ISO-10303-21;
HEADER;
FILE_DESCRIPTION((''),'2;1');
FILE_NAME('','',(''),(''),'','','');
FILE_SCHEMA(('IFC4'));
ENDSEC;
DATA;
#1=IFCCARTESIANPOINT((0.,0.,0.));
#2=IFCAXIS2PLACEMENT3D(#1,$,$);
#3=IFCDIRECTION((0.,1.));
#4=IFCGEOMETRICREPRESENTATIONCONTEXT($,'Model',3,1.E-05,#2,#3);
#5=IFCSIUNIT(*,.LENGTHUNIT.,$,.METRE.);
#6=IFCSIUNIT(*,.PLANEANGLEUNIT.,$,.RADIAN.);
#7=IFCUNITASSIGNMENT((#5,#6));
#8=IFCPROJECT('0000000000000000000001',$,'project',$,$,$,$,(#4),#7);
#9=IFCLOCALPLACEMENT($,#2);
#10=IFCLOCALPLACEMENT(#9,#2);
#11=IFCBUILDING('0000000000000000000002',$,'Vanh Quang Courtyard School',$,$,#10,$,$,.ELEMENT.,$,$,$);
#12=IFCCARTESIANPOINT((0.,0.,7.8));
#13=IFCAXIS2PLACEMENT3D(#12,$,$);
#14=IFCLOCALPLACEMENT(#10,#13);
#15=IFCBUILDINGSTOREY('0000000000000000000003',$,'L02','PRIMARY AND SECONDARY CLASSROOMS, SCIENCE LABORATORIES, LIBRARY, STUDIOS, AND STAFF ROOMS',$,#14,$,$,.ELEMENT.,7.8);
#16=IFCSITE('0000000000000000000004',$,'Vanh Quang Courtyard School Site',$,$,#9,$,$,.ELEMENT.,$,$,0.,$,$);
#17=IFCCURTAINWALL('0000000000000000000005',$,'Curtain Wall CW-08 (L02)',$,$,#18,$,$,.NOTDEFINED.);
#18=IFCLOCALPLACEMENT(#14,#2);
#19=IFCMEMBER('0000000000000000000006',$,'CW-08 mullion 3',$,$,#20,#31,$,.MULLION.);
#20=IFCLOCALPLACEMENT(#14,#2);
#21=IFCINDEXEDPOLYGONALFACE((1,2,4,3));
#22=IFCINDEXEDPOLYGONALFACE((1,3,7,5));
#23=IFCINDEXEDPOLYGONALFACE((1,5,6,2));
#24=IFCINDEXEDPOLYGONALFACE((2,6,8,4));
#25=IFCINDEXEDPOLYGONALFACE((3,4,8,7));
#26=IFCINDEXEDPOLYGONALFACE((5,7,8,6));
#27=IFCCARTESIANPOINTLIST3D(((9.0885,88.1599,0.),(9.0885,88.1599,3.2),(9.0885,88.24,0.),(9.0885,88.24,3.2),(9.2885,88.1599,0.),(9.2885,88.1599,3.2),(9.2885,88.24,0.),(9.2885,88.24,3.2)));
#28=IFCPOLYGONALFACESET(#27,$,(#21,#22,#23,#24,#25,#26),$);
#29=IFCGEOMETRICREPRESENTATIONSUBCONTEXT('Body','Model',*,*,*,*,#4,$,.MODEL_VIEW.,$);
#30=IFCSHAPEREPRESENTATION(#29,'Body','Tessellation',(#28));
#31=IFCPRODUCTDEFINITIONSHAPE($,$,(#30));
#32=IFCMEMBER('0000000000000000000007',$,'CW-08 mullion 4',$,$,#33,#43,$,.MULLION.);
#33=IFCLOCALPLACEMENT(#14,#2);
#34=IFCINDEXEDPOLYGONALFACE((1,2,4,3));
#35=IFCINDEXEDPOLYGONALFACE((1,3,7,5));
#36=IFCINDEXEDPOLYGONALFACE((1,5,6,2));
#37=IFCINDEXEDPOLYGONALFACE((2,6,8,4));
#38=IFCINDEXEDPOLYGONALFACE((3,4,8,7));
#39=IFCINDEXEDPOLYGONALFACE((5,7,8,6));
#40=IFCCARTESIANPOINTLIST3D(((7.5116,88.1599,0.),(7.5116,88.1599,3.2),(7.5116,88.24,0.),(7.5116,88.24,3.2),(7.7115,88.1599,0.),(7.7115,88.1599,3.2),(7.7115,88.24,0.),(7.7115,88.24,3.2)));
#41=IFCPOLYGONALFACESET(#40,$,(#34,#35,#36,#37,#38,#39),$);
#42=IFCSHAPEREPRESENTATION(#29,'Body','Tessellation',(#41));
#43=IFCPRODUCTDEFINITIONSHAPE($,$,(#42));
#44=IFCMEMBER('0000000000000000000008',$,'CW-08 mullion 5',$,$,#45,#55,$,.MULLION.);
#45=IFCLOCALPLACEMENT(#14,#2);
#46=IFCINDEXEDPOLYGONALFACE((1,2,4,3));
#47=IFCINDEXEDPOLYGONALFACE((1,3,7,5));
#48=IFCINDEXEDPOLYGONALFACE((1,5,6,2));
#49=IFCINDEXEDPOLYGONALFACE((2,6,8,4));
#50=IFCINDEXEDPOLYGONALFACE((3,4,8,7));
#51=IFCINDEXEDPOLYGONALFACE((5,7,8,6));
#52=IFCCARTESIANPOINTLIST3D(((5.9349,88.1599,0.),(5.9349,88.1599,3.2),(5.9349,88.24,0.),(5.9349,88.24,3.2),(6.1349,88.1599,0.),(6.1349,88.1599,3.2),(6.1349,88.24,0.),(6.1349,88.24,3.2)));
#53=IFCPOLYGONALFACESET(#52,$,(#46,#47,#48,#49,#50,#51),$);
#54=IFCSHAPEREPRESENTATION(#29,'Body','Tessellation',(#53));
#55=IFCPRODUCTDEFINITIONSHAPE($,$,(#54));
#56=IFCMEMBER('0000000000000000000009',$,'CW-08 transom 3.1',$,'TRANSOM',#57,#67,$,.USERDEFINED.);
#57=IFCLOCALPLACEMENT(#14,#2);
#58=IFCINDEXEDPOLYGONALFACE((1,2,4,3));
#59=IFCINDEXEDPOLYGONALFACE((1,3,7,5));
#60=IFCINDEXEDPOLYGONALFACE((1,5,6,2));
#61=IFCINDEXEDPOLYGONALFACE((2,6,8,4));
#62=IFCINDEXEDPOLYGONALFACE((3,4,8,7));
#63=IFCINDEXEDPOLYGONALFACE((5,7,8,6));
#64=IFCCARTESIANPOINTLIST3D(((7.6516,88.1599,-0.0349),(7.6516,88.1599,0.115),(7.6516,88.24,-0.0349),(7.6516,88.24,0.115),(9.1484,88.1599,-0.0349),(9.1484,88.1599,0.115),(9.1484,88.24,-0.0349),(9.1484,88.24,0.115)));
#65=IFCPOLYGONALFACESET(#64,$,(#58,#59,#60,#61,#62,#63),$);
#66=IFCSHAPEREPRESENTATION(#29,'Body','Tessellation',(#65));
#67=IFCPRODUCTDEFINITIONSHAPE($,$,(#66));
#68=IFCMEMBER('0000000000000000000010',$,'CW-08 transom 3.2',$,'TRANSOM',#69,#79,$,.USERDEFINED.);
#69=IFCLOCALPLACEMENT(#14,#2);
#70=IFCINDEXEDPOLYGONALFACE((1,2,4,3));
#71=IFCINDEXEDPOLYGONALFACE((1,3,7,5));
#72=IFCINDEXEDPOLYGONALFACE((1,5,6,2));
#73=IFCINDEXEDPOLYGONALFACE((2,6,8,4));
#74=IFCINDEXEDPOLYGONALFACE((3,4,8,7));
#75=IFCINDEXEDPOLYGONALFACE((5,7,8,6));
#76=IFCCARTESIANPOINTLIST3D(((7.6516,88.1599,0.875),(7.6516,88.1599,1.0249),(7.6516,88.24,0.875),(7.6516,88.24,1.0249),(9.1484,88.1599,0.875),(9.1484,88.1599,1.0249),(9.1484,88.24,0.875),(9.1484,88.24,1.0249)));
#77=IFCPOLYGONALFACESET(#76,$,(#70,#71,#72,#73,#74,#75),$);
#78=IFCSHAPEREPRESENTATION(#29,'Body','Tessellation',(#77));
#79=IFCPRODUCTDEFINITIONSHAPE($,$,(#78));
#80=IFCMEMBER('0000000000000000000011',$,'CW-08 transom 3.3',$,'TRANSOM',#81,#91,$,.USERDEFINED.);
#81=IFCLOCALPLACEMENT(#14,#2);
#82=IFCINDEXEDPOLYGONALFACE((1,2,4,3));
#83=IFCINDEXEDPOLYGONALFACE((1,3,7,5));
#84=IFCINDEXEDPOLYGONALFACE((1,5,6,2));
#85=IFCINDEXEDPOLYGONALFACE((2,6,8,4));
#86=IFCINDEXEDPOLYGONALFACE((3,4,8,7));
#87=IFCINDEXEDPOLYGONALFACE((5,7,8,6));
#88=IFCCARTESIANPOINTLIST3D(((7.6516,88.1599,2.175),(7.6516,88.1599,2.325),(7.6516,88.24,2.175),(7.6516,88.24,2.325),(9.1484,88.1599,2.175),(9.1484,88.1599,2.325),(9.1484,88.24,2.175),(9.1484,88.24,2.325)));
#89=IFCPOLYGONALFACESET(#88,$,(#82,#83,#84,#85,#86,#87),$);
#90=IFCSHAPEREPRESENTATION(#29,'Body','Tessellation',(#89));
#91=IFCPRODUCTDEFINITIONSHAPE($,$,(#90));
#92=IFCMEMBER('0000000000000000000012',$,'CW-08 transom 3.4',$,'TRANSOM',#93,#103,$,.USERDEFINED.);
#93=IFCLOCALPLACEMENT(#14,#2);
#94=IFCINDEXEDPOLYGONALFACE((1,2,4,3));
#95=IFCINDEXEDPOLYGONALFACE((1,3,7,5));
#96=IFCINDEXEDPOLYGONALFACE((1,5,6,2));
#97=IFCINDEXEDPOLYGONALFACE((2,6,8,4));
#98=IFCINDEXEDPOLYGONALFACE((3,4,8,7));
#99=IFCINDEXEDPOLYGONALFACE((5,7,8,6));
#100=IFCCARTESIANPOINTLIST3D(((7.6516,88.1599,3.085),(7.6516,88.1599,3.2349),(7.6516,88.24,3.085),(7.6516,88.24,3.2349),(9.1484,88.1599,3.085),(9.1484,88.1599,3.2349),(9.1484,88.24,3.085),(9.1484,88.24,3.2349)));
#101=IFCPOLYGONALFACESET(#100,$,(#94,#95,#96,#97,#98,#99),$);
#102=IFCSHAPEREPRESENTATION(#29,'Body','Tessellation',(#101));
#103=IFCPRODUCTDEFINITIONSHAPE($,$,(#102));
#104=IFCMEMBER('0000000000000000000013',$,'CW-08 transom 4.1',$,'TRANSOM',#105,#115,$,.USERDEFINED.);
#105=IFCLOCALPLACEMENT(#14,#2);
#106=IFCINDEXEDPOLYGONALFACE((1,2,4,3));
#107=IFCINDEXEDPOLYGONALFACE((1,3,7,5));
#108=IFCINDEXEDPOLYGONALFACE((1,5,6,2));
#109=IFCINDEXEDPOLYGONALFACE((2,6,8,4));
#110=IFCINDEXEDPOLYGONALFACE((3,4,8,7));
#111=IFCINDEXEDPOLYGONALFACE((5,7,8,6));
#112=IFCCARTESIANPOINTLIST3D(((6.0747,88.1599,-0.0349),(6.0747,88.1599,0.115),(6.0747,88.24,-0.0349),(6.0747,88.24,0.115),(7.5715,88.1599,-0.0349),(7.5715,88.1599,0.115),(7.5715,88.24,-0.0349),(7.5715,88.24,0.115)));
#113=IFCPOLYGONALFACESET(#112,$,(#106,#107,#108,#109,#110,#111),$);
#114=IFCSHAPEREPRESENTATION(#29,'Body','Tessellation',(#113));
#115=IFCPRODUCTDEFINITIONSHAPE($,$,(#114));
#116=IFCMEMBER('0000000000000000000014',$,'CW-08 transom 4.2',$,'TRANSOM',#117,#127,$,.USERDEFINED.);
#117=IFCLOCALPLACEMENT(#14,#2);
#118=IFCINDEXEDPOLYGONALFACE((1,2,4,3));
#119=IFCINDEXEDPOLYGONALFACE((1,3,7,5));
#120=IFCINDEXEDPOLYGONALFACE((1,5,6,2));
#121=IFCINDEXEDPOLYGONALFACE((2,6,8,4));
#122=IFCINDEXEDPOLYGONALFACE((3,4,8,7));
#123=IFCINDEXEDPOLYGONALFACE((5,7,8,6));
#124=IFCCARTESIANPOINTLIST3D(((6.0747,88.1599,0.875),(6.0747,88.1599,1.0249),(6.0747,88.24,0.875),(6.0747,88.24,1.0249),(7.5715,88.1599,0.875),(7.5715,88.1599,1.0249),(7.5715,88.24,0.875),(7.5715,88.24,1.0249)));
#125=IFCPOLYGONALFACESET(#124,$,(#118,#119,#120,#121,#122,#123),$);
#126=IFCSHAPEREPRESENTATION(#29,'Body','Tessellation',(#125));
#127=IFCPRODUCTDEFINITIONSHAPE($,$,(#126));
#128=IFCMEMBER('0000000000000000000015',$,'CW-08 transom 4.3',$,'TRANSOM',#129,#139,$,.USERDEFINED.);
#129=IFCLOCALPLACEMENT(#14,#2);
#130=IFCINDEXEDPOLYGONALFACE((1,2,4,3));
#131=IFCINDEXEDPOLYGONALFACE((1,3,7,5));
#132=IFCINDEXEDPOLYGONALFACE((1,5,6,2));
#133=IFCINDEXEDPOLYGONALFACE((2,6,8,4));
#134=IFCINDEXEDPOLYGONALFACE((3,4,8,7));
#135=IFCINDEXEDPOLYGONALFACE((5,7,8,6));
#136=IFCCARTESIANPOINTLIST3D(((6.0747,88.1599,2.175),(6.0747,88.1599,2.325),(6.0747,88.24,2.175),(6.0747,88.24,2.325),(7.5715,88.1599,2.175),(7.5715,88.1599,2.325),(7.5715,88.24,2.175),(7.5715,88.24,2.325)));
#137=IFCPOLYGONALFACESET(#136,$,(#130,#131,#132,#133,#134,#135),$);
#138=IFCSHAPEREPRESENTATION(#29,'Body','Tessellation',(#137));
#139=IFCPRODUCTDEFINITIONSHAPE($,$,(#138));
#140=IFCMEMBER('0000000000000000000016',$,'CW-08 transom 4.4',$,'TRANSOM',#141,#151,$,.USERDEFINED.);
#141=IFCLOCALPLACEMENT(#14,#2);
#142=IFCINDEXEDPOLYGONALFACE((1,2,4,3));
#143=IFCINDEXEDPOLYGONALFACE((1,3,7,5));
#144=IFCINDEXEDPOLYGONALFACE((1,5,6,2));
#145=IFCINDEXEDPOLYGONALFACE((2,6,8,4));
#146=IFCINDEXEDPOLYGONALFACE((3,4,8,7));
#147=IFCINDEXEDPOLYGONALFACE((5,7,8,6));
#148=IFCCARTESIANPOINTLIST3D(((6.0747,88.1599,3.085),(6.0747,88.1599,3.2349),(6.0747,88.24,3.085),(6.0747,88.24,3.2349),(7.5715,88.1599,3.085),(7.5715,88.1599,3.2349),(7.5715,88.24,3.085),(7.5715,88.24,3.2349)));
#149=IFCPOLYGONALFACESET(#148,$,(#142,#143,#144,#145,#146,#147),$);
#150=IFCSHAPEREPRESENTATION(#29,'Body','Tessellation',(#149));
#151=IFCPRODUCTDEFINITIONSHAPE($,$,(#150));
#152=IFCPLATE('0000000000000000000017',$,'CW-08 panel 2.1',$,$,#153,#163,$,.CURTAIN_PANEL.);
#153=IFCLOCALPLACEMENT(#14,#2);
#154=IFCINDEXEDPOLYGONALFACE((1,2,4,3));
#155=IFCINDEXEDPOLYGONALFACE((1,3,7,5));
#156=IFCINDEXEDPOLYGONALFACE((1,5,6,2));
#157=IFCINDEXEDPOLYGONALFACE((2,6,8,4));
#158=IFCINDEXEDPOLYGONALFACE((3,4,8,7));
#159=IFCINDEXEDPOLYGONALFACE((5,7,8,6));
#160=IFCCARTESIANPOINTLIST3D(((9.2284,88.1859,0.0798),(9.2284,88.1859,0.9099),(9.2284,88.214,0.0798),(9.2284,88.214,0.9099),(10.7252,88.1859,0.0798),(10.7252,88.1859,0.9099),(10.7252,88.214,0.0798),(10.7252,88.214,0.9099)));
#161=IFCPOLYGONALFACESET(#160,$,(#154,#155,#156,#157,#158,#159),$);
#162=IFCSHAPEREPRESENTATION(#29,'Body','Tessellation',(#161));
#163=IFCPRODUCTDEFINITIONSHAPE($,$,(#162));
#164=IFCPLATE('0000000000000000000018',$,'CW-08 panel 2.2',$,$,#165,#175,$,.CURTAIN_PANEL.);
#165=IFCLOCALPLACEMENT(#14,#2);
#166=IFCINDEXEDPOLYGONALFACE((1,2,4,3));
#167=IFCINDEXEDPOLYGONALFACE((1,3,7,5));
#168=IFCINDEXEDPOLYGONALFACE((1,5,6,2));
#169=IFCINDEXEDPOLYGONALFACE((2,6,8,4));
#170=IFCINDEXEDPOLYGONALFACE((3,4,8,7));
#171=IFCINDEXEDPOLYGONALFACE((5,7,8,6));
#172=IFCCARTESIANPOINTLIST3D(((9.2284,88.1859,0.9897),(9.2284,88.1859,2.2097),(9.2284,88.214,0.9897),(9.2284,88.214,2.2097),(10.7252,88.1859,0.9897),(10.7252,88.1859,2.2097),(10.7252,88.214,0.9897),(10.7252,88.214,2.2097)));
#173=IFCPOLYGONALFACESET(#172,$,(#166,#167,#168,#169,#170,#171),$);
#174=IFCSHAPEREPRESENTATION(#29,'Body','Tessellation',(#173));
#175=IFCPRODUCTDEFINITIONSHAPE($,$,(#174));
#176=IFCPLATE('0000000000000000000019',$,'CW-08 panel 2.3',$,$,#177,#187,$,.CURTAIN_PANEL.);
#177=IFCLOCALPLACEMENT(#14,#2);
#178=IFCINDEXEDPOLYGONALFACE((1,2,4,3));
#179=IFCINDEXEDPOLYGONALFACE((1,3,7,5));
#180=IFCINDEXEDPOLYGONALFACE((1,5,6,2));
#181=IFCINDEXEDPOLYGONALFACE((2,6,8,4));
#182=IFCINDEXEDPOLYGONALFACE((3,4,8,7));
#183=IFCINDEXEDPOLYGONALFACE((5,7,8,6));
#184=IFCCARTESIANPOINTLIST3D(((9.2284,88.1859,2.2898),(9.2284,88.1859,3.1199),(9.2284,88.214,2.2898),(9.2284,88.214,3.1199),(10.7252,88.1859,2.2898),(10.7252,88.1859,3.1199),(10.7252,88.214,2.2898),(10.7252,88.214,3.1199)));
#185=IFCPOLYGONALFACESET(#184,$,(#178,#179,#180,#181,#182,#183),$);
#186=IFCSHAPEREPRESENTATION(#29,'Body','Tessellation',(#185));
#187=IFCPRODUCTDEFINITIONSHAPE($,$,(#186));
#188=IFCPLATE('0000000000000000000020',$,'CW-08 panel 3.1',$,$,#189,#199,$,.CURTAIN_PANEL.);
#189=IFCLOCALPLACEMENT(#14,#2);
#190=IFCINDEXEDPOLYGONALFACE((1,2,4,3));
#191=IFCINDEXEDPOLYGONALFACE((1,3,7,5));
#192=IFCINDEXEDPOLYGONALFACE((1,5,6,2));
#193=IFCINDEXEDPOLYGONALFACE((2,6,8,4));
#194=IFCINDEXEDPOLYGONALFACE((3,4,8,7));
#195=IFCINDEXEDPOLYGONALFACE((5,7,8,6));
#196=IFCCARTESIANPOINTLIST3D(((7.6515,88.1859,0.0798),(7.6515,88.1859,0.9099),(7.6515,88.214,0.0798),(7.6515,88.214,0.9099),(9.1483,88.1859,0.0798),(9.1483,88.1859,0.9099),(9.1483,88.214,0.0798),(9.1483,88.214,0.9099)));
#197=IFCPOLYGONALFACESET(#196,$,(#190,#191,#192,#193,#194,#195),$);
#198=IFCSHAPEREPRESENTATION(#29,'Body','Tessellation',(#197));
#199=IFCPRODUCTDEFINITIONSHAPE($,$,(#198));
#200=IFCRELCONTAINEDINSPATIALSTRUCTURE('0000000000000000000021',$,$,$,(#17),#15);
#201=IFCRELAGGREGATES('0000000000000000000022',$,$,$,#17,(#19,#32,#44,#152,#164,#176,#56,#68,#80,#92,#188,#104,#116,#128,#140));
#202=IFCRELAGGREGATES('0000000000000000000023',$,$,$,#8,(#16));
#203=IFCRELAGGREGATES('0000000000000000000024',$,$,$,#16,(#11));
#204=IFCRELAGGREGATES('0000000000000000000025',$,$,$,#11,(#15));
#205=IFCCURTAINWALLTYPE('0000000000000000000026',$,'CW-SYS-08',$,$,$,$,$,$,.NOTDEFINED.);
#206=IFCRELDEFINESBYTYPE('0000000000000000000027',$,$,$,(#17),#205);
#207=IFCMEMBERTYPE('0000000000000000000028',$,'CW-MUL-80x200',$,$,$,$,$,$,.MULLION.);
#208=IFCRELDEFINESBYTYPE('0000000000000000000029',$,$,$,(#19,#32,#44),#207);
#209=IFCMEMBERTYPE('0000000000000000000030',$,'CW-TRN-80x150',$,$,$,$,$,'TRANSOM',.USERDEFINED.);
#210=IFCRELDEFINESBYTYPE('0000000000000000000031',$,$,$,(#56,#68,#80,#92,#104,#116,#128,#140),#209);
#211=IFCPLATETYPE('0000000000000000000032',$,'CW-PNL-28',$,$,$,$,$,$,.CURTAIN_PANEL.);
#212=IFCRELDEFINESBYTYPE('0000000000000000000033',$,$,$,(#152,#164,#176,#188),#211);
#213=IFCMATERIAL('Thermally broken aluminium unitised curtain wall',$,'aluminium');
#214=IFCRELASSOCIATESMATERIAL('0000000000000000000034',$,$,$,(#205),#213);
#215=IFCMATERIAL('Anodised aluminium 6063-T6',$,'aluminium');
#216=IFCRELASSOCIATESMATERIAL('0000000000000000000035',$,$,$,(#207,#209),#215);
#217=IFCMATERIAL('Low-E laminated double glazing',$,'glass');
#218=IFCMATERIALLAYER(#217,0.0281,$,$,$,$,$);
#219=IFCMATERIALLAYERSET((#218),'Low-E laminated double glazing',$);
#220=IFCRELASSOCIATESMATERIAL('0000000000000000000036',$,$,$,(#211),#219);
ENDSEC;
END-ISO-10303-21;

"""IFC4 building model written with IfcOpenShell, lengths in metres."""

from ifc_helpers import new_model, si_unit, direction, frame, origin, origin_2d, place, context, subcontext, project, spatial, rectangle, extrude, material, layer, layer_set, material_profile, profile_set, type_object, element, aggregate, save


model = new_model("IFC4")

# Units and contexts
model_context = context("Model", 3, precision=1e-05, world=origin(), true_north=direction((0.0, 1.0)))
body_context = subcontext(model_context, "Body", "Model", "MODEL_VIEW")
ifc_project = project(units=[si_unit("LENGTHUNIT", "METRE"), si_unit("PLANEANGLEUNIT", "RADIAN")], contexts=[model_context])

# Site, building, storey
site_placement = place(None, origin())
site = spatial("IfcSite", under=ifc_project, at=site_placement, Name="Vanh Quang Courtyard School Site", CompositionType="ELEMENT", RefElevation=0.0)
building_placement = place(site_placement, origin())
building = spatial("IfcBuilding", under=site, at=building_placement, Name="Vanh Quang Courtyard School", CompositionType="ELEMENT")
storey_placement = place(building_placement, frame((0.0, 0.0, 7.8)))
storey = spatial("IfcBuildingStorey", under=building, at=storey_placement, Name="L02", Description="PRIMARY AND SECONDARY CLASSROOMS, SCIENCE LABORATORIES, LIBRARY, STUDIOS, AND STAFF ROOMS", CompositionType="ELEMENT", Elevation=7.8)

# Curtain wall, members, plates
ifc_material_1 = material(Name="Thermally broken aluminium unitised curtain wall", Category="aluminium")
curtain_wall_type = type_object("IfcCurtainWallType", Name="CW-SYS-08", PredefinedType="NOTDEFINED", material=ifc_material_1)
curtain_wall_placement = place(storey_placement, origin())
curtain_wall = element("IfcCurtainWall", 1, at=curtain_wall_placement, inside=storey, type_object=curtain_wall_type, Name="Curtain Wall CW-08 (L02)", PredefinedType="NOTDEFINED")
ifc_material_2 = material(Name="Anodised aluminium 6063-T6", Category="aluminium")
ifc_material_profile_1 = material_profile(ifc_material_2, rectangle(XDim=0.0801, YDim=0.2, at=origin_2d()), Name="ALU-MUL 80x200")
ifc_profile_set_1 = profile_set([ifc_material_profile_1], Name="Anodised aluminium 6063-T6")
member_type_1 = type_object("IfcMemberType", Name="CW-MUL-80x200", PredefinedType="MULLION", material=ifc_profile_set_1)
member_1_placement = place(storey_placement, frame((9.1885, 88.2, 0.0), z_axis=(0.0, 0.0, 1.0), x_axis=(0.0, -1.0, 0.0)))
member_1 = element("IfcMember", 2, at=member_1_placement, type_object=member_type_1, Name="CW-08 mullion 3", PredefinedType="MULLION", context=body_context, shape_type="SweptSolid", body=[
    extrude(rectangle(XDim=0.0801, YDim=0.2, at=origin_2d()), origin(), (0.0, 0.0, 1.0), 3.2),
])
member_2_placement = place(storey_placement, frame((7.6116, 88.2, 0.0), z_axis=(0.0, 0.0, 1.0), x_axis=(0.0, -1.0, 0.0)))
member_2 = element("IfcMember", 3, at=member_2_placement, type_object=member_type_1, Name="CW-08 mullion 4", PredefinedType="MULLION", context=body_context, shape_type="SweptSolid", body=[
    extrude(rectangle(XDim=0.0801, YDim=0.2, at=origin_2d()), origin(), (0.0, 0.0, 1.0), 3.2),
])
member_3_placement = place(storey_placement, frame((6.0349, 88.2, 0.0), z_axis=(0.0, 0.0, 1.0), x_axis=(0.0, -1.0, 0.0)))
member_3 = element("IfcMember", 4, at=member_3_placement, type_object=member_type_1, Name="CW-08 mullion 5", PredefinedType="MULLION", context=body_context, shape_type="SweptSolid", body=[
    extrude(rectangle(XDim=0.0801, YDim=0.2, at=origin_2d()), origin(), (0.0, 0.0, 1.0), 3.2),
])
ifc_material_profile_2 = material_profile(ifc_material_2, rectangle(XDim=0.0801, YDim=0.1499, at=origin_2d()), Name="ALU-TRN 80x150")
ifc_profile_set_2 = profile_set([ifc_material_profile_2], Name="Anodised aluminium 6063-T6")
member_type_2 = type_object("IfcMemberType", Name="CW-TRN-80x150", ElementType="TRANSOM", PredefinedType="USERDEFINED", material=ifc_profile_set_2)
member_4_placement = place(storey_placement, frame((9.1484, 88.2, 0.04), z_axis=(-1.0, 0.0, 0.0), x_axis=(0.0, -1.0, 0.0)))
member_4 = element("IfcMember", 5, at=member_4_placement, type_object=member_type_2, Name="CW-08 transom 3.1", ObjectType="TRANSOM", PredefinedType="USERDEFINED", context=body_context, shape_type="SweptSolid", body=[
    extrude(rectangle(XDim=0.0801, YDim=0.1499, at=origin_2d()), origin(), (0.0, 0.0, 1.0), 1.4968),
])
member_5_placement = place(storey_placement, frame((9.1484, 88.2, 0.95), z_axis=(-1.0, 0.0, 0.0), x_axis=(0.0, -1.0, 0.0)))
member_5 = element("IfcMember", 6, at=member_5_placement, type_object=member_type_2, Name="CW-08 transom 3.2", ObjectType="TRANSOM", PredefinedType="USERDEFINED", context=body_context, shape_type="SweptSolid", body=[
    extrude(rectangle(XDim=0.0801, YDim=0.1499, at=origin_2d()), origin(), (0.0, 0.0, 1.0), 1.4968),
])
member_6_placement = place(storey_placement, frame((9.1484, 88.2, 2.25), z_axis=(-1.0, 0.0, 0.0), x_axis=(0.0, -1.0, 0.0)))
member_6 = element("IfcMember", 7, at=member_6_placement, type_object=member_type_2, Name="CW-08 transom 3.3", ObjectType="TRANSOM", PredefinedType="USERDEFINED", context=body_context, shape_type="SweptSolid", body=[
    extrude(rectangle(XDim=0.0801, YDim=0.1499, at=origin_2d()), origin(), (0.0, 0.0, 1.0), 1.4968),
])
member_7_placement = place(storey_placement, frame((9.1484, 88.2, 3.1599), z_axis=(-1.0, 0.0, 0.0), x_axis=(0.0, -1.0, 0.0)))
member_7 = element("IfcMember", 8, at=member_7_placement, type_object=member_type_2, Name="CW-08 transom 3.4", ObjectType="TRANSOM", PredefinedType="USERDEFINED", context=body_context, shape_type="SweptSolid", body=[
    extrude(rectangle(XDim=0.0801, YDim=0.1499, at=origin_2d()), origin(), (0.0, 0.0, 1.0), 1.4968),
])
member_8_placement = place(storey_placement, frame((7.5715, 88.2, 0.04), z_axis=(-1.0, 0.0, 0.0), x_axis=(0.0, -1.0, 0.0)))
member_8 = element("IfcMember", 9, at=member_8_placement, type_object=member_type_2, Name="CW-08 transom 4.1", ObjectType="TRANSOM", PredefinedType="USERDEFINED", context=body_context, shape_type="SweptSolid", body=[
    extrude(rectangle(XDim=0.0801, YDim=0.1499, at=origin_2d()), origin(), (0.0, 0.0, 1.0), 1.4968),
])
member_9_placement = place(storey_placement, frame((7.5715, 88.2, 0.95), z_axis=(-1.0, 0.0, 0.0), x_axis=(0.0, -1.0, 0.0)))
member_9 = element("IfcMember", 10, at=member_9_placement, type_object=member_type_2, Name="CW-08 transom 4.2", ObjectType="TRANSOM", PredefinedType="USERDEFINED", context=body_context, shape_type="SweptSolid", body=[
    extrude(rectangle(XDim=0.0801, YDim=0.1499, at=origin_2d()), origin(), (0.0, 0.0, 1.0), 1.4968),
])
member_10_placement = place(storey_placement, frame((7.5715, 88.2, 2.25), z_axis=(-1.0, 0.0, 0.0), x_axis=(0.0, -1.0, 0.0)))
member_10 = element("IfcMember", 11, at=member_10_placement, type_object=member_type_2, Name="CW-08 transom 4.3", ObjectType="TRANSOM", PredefinedType="USERDEFINED", context=body_context, shape_type="SweptSolid", body=[
    extrude(rectangle(XDim=0.0801, YDim=0.1499, at=origin_2d()), origin(), (0.0, 0.0, 1.0), 1.4968),
])
member_11_placement = place(storey_placement, frame((7.5715, 88.2, 3.1599), z_axis=(-1.0, 0.0, 0.0), x_axis=(0.0, -1.0, 0.0)))
member_11 = element("IfcMember", 12, at=member_11_placement, type_object=member_type_2, Name="CW-08 transom 4.4", ObjectType="TRANSOM", PredefinedType="USERDEFINED", context=body_context, shape_type="SweptSolid", body=[
    extrude(rectangle(XDim=0.0801, YDim=0.1499, at=origin_2d()), origin(), (0.0, 0.0, 1.0), 1.4968),
])
ifc_material_3 = material(Name="Low-E laminated double glazing", Category="glass")
ifc_layer_1 = layer(ifc_material_3, 0.0281)
ifc_layer_set_1 = layer_set([ifc_layer_1], Name="Low-E laminated double glazing")
plate_type = type_object("IfcPlateType", Name="CW-PNL-28", PredefinedType="CURTAIN_PANEL", material=ifc_layer_set_1)
plate_1_placement = place(storey_placement, frame((9.9768, 88.2, 0.0798), z_axis=(0.0, 0.0, 1.0), x_axis=(-1.0, 0.0, 0.0)))
plate_1 = element("IfcPlate", 13, at=plate_1_placement, type_object=plate_type, Name="CW-08 panel 2.1", PredefinedType="CURTAIN_PANEL", context=body_context, shape_type="SweptSolid", body=[
    extrude(rectangle(XDim=1.4968, YDim=0.0281, at=origin_2d()), origin(), (0.0, 0.0, 1.0), 0.8301),
])
plate_2_placement = place(storey_placement, frame((9.9768, 88.2, 0.9897), z_axis=(0.0, 0.0, 1.0), x_axis=(-1.0, 0.0, 0.0)))
plate_2 = element("IfcPlate", 14, at=plate_2_placement, type_object=plate_type, Name="CW-08 panel 2.2", PredefinedType="CURTAIN_PANEL", context=body_context, shape_type="SweptSolid", body=[
    extrude(rectangle(XDim=1.4968, YDim=0.0281, at=origin_2d()), origin(), (0.0, 0.0, 1.0), 1.22),
])
plate_3_placement = place(storey_placement, frame((9.9768, 88.2, 2.2898), z_axis=(0.0, 0.0, 1.0), x_axis=(-1.0, 0.0, 0.0)))
plate_3 = element("IfcPlate", 15, at=plate_3_placement, type_object=plate_type, Name="CW-08 panel 2.3", PredefinedType="CURTAIN_PANEL", context=body_context, shape_type="SweptSolid", body=[
    extrude(rectangle(XDim=1.4968, YDim=0.0281, at=origin_2d()), origin(), (0.0, 0.0, 1.0), 0.8301),
])
plate_4_placement = place(storey_placement, frame((8.3999, 88.2, 0.0798), z_axis=(0.0, 0.0, 1.0), x_axis=(-1.0, 0.0, 0.0)))
plate_4 = element("IfcPlate", 16, at=plate_4_placement, type_object=plate_type, Name="CW-08 panel 3.1", PredefinedType="CURTAIN_PANEL", context=body_context, shape_type="SweptSolid", body=[
    extrude(rectangle(XDim=1.4968, YDim=0.0281, at=origin_2d()), origin(), (0.0, 0.0, 1.0), 0.8301),
])
aggregate(curtain_wall, [member_1, member_2, member_3, plate_1, plate_2, plate_3, member_4, member_5, member_6, member_7, plate_4, member_8, member_9, member_10, member_11])

save(model, "model.ifc")
